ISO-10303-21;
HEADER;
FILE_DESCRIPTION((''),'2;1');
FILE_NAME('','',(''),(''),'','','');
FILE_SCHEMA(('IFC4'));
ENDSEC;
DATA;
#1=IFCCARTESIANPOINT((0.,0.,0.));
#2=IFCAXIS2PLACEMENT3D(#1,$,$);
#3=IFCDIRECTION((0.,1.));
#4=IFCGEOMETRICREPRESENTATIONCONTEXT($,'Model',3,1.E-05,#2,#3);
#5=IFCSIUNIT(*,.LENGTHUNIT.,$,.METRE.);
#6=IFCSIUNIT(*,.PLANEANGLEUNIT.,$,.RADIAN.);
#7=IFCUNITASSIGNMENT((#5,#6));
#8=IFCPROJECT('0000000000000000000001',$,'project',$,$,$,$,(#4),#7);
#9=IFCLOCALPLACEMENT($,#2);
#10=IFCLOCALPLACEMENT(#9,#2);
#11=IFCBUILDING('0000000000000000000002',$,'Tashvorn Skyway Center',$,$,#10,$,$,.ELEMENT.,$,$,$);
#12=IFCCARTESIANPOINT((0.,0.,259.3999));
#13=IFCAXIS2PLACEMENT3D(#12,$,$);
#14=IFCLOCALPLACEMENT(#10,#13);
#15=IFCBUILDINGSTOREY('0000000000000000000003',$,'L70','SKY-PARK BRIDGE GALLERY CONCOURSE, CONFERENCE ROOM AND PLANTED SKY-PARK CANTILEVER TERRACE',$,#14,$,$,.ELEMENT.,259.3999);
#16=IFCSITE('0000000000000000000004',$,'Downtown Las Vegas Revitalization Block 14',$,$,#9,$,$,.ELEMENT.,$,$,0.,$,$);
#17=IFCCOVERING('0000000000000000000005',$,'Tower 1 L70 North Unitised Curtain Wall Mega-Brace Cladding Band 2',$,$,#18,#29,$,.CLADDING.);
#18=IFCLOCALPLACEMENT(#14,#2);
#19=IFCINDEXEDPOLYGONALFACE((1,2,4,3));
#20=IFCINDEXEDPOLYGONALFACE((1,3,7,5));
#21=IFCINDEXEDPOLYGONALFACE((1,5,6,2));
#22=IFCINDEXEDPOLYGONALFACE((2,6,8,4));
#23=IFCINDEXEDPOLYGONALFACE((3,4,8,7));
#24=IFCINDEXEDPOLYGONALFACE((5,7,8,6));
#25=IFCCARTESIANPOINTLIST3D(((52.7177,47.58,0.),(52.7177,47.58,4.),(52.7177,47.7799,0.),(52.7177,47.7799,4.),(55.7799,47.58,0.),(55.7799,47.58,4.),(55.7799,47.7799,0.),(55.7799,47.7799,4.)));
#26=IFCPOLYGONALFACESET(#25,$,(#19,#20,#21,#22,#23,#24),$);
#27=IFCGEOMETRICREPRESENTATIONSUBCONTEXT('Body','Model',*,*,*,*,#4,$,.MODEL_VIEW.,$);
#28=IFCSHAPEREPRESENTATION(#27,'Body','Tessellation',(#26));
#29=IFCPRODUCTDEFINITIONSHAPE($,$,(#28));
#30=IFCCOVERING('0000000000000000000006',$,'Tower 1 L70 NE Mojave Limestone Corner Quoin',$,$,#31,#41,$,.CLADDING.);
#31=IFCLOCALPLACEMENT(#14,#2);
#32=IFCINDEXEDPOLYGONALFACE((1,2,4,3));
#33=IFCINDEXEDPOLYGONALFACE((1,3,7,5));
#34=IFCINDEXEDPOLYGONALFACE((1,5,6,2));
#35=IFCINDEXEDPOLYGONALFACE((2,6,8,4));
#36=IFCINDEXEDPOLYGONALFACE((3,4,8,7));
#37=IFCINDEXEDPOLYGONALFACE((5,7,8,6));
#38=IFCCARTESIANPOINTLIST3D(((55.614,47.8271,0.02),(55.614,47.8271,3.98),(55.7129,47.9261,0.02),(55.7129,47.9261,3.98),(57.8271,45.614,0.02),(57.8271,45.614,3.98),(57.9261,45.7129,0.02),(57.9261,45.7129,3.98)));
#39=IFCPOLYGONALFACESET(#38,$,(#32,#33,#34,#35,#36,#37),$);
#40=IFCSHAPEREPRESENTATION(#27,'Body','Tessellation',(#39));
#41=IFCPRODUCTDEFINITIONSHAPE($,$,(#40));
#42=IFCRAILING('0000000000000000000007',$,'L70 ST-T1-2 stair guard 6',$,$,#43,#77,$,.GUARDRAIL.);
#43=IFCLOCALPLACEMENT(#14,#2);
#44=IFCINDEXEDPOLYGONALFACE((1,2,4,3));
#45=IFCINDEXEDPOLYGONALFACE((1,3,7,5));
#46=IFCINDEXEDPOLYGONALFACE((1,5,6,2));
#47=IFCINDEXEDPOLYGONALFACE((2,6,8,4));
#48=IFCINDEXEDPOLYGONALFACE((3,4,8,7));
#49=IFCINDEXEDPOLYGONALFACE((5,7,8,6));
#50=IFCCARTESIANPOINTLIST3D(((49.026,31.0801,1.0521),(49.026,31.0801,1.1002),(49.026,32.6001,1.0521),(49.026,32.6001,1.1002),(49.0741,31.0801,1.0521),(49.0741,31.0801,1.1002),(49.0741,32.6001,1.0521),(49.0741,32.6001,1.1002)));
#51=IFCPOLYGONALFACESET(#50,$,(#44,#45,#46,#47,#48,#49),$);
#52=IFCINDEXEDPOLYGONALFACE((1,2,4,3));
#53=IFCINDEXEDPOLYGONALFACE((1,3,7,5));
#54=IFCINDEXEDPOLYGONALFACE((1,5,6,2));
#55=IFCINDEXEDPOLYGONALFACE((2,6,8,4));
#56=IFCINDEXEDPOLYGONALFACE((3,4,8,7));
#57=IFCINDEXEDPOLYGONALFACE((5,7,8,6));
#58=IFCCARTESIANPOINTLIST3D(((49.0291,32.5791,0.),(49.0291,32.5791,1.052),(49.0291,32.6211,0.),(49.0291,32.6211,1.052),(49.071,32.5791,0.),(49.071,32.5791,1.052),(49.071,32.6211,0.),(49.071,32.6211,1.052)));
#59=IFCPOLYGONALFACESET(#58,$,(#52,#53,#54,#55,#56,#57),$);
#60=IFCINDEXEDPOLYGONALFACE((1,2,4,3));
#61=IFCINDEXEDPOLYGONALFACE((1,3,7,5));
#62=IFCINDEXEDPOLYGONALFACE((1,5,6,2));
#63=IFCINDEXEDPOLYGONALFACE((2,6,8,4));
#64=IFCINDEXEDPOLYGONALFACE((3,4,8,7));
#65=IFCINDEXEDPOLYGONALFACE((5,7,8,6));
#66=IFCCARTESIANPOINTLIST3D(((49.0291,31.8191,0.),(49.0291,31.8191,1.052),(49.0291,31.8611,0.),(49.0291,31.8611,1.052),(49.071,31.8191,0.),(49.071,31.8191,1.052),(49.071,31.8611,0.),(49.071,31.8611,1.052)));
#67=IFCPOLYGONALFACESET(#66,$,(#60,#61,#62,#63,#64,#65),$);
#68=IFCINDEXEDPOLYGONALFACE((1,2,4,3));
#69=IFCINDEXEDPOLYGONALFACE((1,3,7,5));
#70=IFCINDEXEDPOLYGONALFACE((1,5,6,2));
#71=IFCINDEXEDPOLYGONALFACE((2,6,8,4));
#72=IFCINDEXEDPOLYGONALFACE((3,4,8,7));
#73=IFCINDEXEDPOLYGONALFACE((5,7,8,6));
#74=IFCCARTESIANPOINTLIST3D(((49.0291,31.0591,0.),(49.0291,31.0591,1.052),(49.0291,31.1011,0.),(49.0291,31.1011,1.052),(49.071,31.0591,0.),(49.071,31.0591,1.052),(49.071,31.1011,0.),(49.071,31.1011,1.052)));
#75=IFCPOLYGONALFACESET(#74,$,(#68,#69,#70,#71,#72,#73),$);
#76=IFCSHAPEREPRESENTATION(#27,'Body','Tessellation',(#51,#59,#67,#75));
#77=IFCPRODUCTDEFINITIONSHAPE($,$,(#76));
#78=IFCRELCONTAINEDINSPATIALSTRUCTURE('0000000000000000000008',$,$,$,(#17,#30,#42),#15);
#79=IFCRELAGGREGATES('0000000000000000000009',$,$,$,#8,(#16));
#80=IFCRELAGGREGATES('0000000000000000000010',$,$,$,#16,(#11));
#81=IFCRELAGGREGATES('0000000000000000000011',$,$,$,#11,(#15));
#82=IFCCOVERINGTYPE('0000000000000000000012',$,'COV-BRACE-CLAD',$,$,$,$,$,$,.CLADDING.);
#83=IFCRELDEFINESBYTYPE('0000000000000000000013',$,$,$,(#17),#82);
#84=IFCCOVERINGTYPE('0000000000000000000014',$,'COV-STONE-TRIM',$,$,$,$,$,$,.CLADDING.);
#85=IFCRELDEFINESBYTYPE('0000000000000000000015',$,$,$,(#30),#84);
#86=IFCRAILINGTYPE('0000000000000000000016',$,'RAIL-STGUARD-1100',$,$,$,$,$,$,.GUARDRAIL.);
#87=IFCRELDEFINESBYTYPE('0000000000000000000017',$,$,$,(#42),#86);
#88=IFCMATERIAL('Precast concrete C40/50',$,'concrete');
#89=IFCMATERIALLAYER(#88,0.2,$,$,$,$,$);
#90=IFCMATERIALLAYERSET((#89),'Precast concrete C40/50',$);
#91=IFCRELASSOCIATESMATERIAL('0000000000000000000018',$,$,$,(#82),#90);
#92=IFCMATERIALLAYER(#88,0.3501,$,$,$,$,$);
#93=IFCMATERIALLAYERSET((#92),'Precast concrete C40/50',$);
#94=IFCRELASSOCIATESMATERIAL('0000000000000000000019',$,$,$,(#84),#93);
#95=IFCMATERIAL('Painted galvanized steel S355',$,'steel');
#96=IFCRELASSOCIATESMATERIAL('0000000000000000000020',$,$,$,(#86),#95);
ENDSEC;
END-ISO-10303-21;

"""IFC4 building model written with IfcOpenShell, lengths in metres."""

from ifc_helpers import new_model, si_unit, direction, frame, origin, origin_2d, place, context, subcontext, project, spatial, rectangle, extrude, material, layer, layer_set, type_object, element, save


model = new_model("IFC4")

# Units and contexts
model_context = context("Model", 3, precision=1e-05, world=origin(), true_north=direction((0.0, 1.0)))
body_context = subcontext(model_context, "Body", "Model", "MODEL_VIEW")
ifc_project = project(units=[si_unit("LENGTHUNIT", "METRE"), si_unit("PLANEANGLEUNIT", "RADIAN")], contexts=[model_context])

# Site, building, storey
site_placement = place(None, origin())
site = spatial("IfcSite", under=ifc_project, at=site_placement, Name="Downtown Las Vegas Revitalization Block 14", CompositionType="ELEMENT", RefElevation=0.0)
building_placement = place(site_placement, origin())
building = spatial("IfcBuilding", under=site, at=building_placement, Name="Tashvorn Skyway Center", CompositionType="ELEMENT")
storey_placement = place(building_placement, frame((0.0, 0.0, 259.3999)))
storey = spatial("IfcBuildingStorey", under=building, at=storey_placement, Name="L70", Description="SKY-PARK BRIDGE GALLERY CONCOURSE, CONFERENCE ROOM AND PLANTED SKY-PARK CANTILEVER TERRACE", CompositionType="ELEMENT", Elevation=259.3999)

# Shared definitions
ifc_material_1 = material(Name="Precast concrete C40/50", Category="concrete")

# Coverings
ifc_layer_1 = layer(ifc_material_1, 0.2)
ifc_layer_set_1 = layer_set([ifc_layer_1], Name="Precast concrete C40/50")
covering_type_1 = type_object("IfcCoveringType", Name="COV-BRACE-CLAD", PredefinedType="CLADDING", material=ifc_layer_set_1)
covering_1_placement = place(storey_placement, frame((54.2488, 47.6799, 0.0), z_axis=(0.0, 0.0, 1.0), x_axis=(1.0, 0.0, 0.0)))
element("IfcCovering", 1, at=covering_1_placement, inside=storey, type_object=covering_type_1, Name="Tower 1 L70 North Unitised Curtain Wall Mega-Brace Cladding Band 2", PredefinedType="CLADDING", context=body_context, shape_type="SweptSolid", body=[
    extrude(rectangle(XDim=3.0623, YDim=0.2, at=origin_2d()), origin(), (0.0, 0.0, 1.0), 4.0),
])
ifc_layer_2 = layer(ifc_material_1, 0.3501)
ifc_layer_set_2 = layer_set([ifc_layer_2], Name="Precast concrete C40/50")
covering_type_2 = type_object("IfcCoveringType", Name="COV-STONE-TRIM", PredefinedType="CLADDING", material=ifc_layer_set_2)
covering_2_placement = place(storey_placement, frame((56.77, 46.77, 0.02), z_axis=(0.0, 0.0, 1.0), x_axis=(0.707107, -0.707107, 0.0)))
element("IfcCovering", 2, at=covering_2_placement, inside=storey, type_object=covering_type_2, Name="Tower 1 L70 NE Mojave Limestone Corner Quoin", PredefinedType="CLADDING", context=body_context, shape_type="SweptSolid", body=[
    extrude(rectangle(XDim=3.1299, YDim=0.1399, at=origin_2d()), origin(), (0.0, 0.0, 1.0), 3.96),
])

# Railing
ifc_material_2 = material(Name="Painted galvanized steel S355", Category="steel")
railing_type = type_object("IfcRailingType", Name="RAIL-STGUARD-1100", PredefinedType="GUARDRAIL", material=ifc_material_2)
railing_placement = place(storey_placement, frame((49.05, 32.6001, 0.0)))
element("IfcRailing", 3, at=railing_placement, inside=storey, type_object=railing_type, Name="L70 ST-T1-2 stair guard 6", PredefinedType="GUARDRAIL", context=body_context, shape_type="SweptSolid", body=[
    extrude(rectangle(XDim=0.0481, YDim=0.0481, at=origin_2d()), frame((0.0, 0.0, 1.0762), z_axis=(0.0, -1.0, 0.0), x_axis=(1.0, 0.0, 0.0)), (0.0, 0.0, 1.0), 1.52),
    extrude(rectangle(XDim=0.042, YDim=0.042, at=origin_2d()), origin(), (0.0, 0.0, 1.0), 1.052),
    extrude(rectangle(XDim=0.042, YDim=0.042, at=origin_2d()), frame((0.0, -0.76, 0.0)), (0.0, 0.0, 1.0), 1.052),
    extrude(rectangle(XDim=0.042, YDim=0.042, at=origin_2d()), frame((0.0, -1.52, 0.0)), (0.0, 0.0, 1.0), 1.052),
])

save(model, "model.ifc")
